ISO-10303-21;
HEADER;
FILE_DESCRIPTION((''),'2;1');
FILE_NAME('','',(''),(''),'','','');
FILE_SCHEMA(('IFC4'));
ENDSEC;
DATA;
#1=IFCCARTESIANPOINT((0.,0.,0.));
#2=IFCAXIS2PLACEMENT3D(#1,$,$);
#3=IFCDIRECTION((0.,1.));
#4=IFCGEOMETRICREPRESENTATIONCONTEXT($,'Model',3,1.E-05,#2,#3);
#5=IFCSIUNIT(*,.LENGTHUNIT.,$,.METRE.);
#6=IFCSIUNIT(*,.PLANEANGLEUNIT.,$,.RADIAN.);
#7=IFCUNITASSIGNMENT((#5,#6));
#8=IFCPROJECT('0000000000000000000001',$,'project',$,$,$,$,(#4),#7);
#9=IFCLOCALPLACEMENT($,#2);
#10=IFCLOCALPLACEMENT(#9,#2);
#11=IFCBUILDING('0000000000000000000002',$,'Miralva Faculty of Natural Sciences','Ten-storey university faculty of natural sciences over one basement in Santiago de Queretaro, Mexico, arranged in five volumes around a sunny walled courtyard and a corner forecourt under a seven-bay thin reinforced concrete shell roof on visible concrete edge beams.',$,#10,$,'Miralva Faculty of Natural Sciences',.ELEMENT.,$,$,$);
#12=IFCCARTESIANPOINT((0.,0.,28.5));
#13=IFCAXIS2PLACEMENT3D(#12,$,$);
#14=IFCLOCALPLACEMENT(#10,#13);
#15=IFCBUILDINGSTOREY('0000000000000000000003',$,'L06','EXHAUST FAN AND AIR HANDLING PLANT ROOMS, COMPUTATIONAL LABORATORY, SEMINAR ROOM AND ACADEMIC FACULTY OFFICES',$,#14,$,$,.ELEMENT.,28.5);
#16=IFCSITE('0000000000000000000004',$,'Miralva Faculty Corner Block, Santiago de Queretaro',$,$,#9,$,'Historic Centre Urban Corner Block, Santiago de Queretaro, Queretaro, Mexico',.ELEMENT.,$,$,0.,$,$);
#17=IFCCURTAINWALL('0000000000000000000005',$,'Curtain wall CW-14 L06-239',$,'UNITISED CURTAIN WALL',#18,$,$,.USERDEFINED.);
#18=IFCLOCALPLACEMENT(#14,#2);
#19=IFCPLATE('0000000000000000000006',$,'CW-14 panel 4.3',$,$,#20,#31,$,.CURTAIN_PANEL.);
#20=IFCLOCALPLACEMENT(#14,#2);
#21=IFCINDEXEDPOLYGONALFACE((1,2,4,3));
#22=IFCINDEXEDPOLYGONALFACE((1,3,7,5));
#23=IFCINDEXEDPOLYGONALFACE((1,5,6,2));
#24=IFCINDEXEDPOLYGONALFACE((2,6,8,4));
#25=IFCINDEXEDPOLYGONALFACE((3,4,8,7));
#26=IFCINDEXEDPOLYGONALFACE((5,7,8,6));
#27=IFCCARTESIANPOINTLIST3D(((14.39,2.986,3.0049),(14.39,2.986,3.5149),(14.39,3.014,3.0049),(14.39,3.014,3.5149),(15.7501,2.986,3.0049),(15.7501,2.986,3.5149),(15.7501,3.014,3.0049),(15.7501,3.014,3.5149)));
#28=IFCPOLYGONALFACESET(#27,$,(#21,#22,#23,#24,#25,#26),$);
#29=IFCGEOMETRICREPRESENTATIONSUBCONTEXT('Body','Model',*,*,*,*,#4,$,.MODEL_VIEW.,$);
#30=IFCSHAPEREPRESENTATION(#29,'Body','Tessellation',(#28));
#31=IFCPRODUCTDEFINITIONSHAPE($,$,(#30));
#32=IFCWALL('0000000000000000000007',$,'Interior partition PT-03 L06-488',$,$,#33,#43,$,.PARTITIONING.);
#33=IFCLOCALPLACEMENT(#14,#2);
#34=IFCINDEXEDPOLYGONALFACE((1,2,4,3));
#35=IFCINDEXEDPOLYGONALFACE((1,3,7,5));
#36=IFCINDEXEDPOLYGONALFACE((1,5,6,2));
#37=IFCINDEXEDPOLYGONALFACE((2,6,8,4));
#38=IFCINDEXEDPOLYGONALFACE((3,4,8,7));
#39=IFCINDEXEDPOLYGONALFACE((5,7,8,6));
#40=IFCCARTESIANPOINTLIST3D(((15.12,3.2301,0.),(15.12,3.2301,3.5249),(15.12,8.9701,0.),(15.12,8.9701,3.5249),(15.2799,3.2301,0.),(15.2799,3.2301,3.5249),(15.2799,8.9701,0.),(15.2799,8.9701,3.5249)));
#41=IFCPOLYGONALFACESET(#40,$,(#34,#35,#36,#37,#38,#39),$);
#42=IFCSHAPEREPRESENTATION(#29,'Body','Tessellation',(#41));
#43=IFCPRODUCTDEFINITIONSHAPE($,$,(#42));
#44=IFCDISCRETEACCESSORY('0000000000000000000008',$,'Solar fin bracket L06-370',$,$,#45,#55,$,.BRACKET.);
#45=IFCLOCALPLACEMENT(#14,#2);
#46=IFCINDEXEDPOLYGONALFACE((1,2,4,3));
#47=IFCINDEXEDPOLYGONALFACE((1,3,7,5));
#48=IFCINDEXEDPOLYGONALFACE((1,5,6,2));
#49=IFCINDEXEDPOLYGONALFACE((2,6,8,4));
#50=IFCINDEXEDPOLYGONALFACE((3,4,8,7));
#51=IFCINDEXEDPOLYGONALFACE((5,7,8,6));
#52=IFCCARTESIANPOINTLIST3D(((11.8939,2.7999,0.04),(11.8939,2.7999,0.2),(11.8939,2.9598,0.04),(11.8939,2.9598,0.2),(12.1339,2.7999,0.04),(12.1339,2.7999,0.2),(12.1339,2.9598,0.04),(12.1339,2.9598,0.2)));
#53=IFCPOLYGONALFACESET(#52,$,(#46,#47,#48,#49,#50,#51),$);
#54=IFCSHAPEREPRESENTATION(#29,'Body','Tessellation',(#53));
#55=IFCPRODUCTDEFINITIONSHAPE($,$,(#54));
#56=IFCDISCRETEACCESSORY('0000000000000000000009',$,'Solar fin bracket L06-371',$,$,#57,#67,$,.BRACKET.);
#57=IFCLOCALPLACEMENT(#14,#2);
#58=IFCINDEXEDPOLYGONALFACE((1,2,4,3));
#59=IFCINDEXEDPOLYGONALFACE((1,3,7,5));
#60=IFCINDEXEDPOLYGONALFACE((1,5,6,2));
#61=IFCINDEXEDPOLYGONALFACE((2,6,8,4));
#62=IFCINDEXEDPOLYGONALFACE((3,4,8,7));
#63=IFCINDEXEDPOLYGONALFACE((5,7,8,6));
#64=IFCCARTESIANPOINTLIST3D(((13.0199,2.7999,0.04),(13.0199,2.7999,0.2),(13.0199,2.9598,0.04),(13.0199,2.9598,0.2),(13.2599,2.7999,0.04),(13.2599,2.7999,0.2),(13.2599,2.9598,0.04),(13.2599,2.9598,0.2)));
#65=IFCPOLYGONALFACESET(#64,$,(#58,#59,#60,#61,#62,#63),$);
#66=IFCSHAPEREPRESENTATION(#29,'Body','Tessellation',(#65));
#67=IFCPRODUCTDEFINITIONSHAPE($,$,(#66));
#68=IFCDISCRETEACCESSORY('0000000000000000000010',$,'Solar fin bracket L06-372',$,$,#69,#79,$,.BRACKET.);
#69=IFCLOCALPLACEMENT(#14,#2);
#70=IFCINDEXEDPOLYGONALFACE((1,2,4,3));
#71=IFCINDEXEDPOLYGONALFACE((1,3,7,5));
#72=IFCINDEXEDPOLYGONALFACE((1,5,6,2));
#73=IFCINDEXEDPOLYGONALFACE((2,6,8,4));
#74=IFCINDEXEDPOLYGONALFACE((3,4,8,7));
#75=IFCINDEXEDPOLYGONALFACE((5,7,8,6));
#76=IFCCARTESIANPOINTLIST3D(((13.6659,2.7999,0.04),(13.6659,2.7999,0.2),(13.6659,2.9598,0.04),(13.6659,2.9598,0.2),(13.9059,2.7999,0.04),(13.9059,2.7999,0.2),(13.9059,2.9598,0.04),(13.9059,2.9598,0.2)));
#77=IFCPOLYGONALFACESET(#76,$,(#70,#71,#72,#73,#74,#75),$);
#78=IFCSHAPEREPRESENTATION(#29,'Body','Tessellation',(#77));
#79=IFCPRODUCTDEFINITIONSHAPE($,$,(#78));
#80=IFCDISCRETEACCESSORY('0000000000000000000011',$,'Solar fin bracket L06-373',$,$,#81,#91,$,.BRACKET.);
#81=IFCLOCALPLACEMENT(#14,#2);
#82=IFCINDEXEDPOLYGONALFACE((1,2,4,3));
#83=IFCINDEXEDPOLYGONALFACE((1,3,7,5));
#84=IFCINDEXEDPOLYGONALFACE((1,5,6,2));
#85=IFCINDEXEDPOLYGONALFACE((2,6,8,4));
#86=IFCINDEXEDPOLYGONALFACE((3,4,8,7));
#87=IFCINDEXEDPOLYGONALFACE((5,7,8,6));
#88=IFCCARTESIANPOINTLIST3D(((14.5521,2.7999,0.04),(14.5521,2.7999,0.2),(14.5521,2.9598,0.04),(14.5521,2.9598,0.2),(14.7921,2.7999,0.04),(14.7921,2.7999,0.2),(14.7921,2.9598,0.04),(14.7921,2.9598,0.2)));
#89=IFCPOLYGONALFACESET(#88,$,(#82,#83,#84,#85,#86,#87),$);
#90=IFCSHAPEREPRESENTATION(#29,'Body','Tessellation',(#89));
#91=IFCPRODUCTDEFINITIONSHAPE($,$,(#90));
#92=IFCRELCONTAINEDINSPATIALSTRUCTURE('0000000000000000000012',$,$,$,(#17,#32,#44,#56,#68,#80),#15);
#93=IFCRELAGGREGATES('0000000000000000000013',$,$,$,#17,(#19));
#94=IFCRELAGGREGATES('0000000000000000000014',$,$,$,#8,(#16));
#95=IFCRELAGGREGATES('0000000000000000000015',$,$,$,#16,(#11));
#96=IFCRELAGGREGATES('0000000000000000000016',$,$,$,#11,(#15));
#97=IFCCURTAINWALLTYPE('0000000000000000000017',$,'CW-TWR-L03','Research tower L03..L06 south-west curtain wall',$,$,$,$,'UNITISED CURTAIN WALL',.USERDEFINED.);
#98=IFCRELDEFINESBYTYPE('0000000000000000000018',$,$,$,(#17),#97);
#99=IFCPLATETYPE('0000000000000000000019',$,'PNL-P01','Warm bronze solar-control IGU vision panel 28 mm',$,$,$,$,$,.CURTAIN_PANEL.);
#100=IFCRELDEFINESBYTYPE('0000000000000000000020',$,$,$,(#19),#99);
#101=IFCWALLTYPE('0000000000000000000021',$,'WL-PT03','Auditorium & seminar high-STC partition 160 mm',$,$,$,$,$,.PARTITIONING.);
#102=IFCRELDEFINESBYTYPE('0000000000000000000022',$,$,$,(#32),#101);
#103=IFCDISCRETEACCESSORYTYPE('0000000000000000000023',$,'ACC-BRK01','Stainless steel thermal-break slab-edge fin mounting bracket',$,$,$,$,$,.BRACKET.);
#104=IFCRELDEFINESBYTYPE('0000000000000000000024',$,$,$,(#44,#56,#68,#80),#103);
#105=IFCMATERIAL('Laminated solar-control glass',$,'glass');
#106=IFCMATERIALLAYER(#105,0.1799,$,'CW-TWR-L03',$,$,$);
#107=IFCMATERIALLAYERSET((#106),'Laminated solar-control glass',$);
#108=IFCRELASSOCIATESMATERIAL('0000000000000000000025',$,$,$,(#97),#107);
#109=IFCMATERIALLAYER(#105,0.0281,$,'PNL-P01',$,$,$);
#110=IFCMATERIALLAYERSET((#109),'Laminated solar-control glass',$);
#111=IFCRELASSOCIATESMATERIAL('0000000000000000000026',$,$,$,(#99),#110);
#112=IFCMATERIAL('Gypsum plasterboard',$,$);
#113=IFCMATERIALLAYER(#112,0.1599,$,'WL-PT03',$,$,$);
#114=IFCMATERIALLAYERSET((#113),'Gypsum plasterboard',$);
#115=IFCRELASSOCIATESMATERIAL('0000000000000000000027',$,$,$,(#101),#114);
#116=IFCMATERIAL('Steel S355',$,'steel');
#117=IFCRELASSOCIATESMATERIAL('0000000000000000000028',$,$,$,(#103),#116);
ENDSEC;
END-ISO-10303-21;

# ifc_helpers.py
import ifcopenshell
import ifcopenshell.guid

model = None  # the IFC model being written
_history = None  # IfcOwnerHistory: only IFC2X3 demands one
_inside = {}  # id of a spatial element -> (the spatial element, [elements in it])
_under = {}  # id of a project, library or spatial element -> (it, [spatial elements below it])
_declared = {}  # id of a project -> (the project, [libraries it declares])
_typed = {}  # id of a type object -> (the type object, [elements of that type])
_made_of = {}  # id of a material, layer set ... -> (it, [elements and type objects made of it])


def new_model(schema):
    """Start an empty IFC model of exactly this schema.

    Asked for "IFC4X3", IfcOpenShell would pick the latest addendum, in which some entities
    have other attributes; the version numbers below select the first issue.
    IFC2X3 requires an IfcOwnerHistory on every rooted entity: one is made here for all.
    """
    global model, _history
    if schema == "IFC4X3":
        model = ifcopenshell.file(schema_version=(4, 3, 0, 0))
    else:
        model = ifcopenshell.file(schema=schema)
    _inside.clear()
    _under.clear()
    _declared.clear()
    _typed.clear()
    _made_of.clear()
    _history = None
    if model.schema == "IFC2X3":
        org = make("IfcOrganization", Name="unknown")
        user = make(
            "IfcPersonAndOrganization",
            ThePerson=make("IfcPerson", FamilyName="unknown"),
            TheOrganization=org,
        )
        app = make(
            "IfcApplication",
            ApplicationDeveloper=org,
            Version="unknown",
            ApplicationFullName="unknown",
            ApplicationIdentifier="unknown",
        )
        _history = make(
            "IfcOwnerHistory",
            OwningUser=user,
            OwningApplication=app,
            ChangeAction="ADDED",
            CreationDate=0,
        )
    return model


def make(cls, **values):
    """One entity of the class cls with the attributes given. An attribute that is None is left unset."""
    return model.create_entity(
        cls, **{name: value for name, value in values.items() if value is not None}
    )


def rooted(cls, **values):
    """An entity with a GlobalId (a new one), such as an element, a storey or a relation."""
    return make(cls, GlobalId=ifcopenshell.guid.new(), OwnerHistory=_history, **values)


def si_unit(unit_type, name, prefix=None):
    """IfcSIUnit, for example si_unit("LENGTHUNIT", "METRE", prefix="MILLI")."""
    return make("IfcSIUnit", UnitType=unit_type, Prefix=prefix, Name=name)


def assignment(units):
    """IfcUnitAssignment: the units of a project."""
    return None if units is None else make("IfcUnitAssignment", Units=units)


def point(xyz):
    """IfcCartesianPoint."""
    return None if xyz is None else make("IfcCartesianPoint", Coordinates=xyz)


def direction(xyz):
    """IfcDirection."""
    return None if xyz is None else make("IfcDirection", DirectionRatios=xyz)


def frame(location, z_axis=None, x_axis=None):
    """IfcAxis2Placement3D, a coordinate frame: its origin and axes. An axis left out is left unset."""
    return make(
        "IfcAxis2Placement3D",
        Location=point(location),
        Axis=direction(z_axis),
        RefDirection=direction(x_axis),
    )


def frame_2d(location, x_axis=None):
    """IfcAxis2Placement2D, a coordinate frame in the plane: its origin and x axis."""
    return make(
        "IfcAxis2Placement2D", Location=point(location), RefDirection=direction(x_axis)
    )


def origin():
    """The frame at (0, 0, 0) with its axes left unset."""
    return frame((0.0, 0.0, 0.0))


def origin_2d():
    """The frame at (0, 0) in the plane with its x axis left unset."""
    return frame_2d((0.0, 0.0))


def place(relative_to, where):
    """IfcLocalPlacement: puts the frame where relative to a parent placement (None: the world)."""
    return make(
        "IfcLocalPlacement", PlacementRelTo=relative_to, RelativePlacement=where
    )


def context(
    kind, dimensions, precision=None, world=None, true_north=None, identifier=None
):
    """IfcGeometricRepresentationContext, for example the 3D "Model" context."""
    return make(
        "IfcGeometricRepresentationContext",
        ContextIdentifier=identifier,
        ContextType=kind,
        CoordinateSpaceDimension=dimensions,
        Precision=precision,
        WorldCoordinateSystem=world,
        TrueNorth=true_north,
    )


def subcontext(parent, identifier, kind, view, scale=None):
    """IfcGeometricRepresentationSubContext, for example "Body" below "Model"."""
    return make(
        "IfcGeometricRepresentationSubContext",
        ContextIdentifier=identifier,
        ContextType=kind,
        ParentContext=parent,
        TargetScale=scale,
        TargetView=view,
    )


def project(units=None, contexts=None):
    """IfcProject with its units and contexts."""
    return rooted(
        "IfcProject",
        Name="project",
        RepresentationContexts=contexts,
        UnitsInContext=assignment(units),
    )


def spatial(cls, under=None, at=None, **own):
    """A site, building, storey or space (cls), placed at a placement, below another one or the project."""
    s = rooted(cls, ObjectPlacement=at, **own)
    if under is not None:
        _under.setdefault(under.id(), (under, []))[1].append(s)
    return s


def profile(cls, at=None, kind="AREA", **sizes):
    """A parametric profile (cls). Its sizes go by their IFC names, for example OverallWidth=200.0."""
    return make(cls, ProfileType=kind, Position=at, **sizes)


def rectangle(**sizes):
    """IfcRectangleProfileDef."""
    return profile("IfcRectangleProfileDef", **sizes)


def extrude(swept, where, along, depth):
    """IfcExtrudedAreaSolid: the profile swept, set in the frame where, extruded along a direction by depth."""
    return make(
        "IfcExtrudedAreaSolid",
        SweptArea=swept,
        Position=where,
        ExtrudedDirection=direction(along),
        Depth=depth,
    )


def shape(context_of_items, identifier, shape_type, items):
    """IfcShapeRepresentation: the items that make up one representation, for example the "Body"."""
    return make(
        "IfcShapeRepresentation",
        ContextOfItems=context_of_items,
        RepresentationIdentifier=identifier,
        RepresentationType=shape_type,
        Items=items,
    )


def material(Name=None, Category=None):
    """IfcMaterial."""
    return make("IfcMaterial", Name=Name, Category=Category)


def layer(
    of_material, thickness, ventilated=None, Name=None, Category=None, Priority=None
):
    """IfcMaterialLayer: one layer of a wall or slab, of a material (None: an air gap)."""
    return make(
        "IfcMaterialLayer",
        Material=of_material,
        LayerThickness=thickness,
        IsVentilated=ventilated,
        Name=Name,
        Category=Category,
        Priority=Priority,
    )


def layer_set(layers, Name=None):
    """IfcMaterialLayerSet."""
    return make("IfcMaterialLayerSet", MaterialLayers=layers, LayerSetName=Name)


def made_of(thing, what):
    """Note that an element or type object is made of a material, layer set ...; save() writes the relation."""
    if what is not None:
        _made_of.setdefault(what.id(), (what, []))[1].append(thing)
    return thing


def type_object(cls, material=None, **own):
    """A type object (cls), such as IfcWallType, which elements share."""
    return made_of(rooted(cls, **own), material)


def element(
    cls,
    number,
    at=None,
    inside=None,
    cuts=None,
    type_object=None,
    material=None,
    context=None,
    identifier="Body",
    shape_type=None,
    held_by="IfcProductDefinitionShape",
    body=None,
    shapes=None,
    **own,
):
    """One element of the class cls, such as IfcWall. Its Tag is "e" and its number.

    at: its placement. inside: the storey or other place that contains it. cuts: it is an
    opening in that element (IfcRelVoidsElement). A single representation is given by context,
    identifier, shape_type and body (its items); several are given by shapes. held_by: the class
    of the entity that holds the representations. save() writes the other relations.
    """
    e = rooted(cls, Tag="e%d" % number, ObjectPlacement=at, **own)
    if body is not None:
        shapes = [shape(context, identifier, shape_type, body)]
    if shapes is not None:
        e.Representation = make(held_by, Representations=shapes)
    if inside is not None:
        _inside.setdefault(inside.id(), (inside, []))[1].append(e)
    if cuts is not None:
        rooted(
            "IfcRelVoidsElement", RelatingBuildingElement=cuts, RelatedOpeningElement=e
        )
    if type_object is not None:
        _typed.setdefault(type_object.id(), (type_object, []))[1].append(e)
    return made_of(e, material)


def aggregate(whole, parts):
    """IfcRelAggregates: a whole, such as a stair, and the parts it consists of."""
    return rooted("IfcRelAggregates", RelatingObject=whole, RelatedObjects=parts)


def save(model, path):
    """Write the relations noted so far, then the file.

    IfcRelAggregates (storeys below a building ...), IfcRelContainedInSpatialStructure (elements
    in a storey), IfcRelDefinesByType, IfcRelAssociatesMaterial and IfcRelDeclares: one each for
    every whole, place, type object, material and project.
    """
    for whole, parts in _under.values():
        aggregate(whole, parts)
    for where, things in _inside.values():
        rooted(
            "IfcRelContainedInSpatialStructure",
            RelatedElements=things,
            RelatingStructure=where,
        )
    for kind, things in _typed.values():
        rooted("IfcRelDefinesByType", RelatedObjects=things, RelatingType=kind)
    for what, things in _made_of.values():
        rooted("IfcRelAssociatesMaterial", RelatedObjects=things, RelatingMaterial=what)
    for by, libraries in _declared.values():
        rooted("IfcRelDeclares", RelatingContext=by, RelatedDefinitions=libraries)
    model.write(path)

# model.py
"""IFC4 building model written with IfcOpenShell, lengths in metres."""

from ifc_helpers import new_model, si_unit, direction, frame, frame_2d, origin, origin_2d, place, context, subcontext, project, spatial, rectangle, extrude, material, layer, layer_set, type_object, element, aggregate, save


model = new_model("IFC4")

# Units and contexts
model_context = context("Model", 3, precision=1e-05, world=origin(), true_north=direction((0.0, 1.0)))
body_context = subcontext(model_context, "Body", "Model", "MODEL_VIEW")
ifc_project = project(units=[si_unit("LENGTHUNIT", "METRE"), si_unit("PLANEANGLEUNIT", "RADIAN")], contexts=[model_context])

# Site, building, storey
site_placement = place(None, origin())
site = spatial("IfcSite", under=ifc_project, at=site_placement, Name="Miralva Faculty Corner Block, Santiago de Queretaro", LongName="Historic Centre Urban Corner Block, Santiago de Queretaro, Queretaro, Mexico", CompositionType="ELEMENT", RefElevation=0.0)
building_placement = place(site_placement, origin())
building = spatial("IfcBuilding", under=site, at=building_placement, Name="Miralva Faculty of Natural Sciences", Description="Ten-storey university faculty of natural sciences over one basement in Santiago de Queretaro, Mexico, arranged in five volumes around a sunny walled courtyard and a corner forecourt under a seven-bay thin reinforced concrete shell roof on visible concrete edge beams.", LongName="Miralva Faculty of Natural Sciences", CompositionType="ELEMENT")
storey_placement = place(building_placement, frame((0.0, 0.0, 28.5)))
storey = spatial("IfcBuildingStorey", under=building, at=storey_placement, Name="L06", Description="EXHAUST FAN AND AIR HANDLING PLANT ROOMS, COMPUTATIONAL LABORATORY, SEMINAR ROOM AND ACADEMIC FACULTY OFFICES", CompositionType="ELEMENT", Elevation=28.5)

# Curtain wall
ifc_material_1 = material(Name="Laminated solar-control glass", Category="glass")
ifc_layer_1 = layer(ifc_material_1, 0.1799, Name="CW-TWR-L03")
ifc_layer_set_1 = layer_set([ifc_layer_1], Name="Laminated solar-control glass")
curtain_wall_type = type_object("IfcCurtainWallType", Name="CW-TWR-L03", Description="Research tower L03..L06 south-west curtain wall", ElementType="UNITISED CURTAIN WALL", PredefinedType="USERDEFINED", material=ifc_layer_set_1)
curtain_wall_placement = place(storey_placement, origin())
curtain_wall = element("IfcCurtainWall", 1, at=curtain_wall_placement, inside=storey, type_object=curtain_wall_type, Name="Curtain wall CW-14 L06-239", ObjectType="UNITISED CURTAIN WALL", PredefinedType="USERDEFINED")

# Plate
ifc_layer_2 = layer(ifc_material_1, 0.0281, Name="PNL-P01")
ifc_layer_set_2 = layer_set([ifc_layer_2], Name="Laminated solar-control glass")
plate_type = type_object("IfcPlateType", Name="PNL-P01", Description="Warm bronze solar-control IGU vision panel 28 mm", PredefinedType="CURTAIN_PANEL", material=ifc_layer_set_2)
plate_1_placement = place(storey_placement, frame((15.0701, 3.0, 3.0049), z_axis=(0.0, 0.0, 1.0), x_axis=(1.0, 0.0, 0.0)))
plate_1 = element("IfcPlate", 2, at=plate_1_placement, type_object=plate_type, Name="CW-14 panel 4.3", PredefinedType="CURTAIN_PANEL", context=body_context, shape_type="SweptSolid", body=[
    extrude(rectangle(XDim=1.3601, YDim=0.0281, at=origin_2d()), origin(), (0.0, 0.0, 1.0), 0.51),
])
aggregate(curtain_wall, [plate_1])

# Wall
ifc_material_2 = material(Name="Gypsum plasterboard")
ifc_layer_3 = layer(ifc_material_2, 0.1599, Name="WL-PT03")
ifc_layer_set_3 = layer_set([ifc_layer_3], Name="Gypsum plasterboard")
wall_type = type_object("IfcWallType", Name="WL-PT03", Description="Auditorium & seminar high-STC partition 160 mm", PredefinedType="PARTITIONING", material=ifc_layer_set_3)
wall_placement = place(storey_placement, frame((15.2, 3.23, 0.0), z_axis=(0.0, 0.0, 1.0), x_axis=(0.0, 1.0, 0.0)))
element("IfcWall", 3, at=wall_placement, inside=storey, type_object=wall_type, Name="Interior partition PT-03 L06-488", PredefinedType="PARTITIONING", context=body_context, shape_type="SweptSolid", body=[
    extrude(rectangle(XDim=5.74, YDim=0.1599, at=frame_2d((2.8701, 0.0))), origin(), (0.0, 0.0, 1.0), 3.5249),
])

# Discrete accessories
ifc_material_3 = material(Name="Steel S355", Category="steel")
discrete_accessory_type = type_object("IfcDiscreteAccessoryType", Name="ACC-BRK01", Description="Stainless steel thermal-break slab-edge fin mounting bracket", PredefinedType="BRACKET", material=ifc_material_3)
for number, where, z_axis, x_axis, name in (
    (4, (12.0139, 2.8799, 0.04), (0.0, 0.0, 1.0), (0.0, -1.0, 0.0), "Solar fin bracket L06-370"),
    (5, (13.1399, 2.8799, 0.04), (0.0, 0.0, 1.0), (0.0, -1.0, 0.0), "Solar fin bracket L06-371"),
    (6, (13.7859, 2.8799, 0.04), (0.0, 0.0, 1.0), (0.0, -1.0, 0.0), "Solar fin bracket L06-372"),
    (7, (14.6721, 2.8799, 0.04), (0.0, 0.0, 1.0), (0.0, -1.0, 0.0), "Solar fin bracket L06-373"),
):
    element("IfcDiscreteAccessory", number, at=place(storey_placement, frame(where, z_axis=z_axis, x_axis=x_axis)), inside=storey, type_object=discrete_accessory_type, Name=name, PredefinedType="BRACKET", context=body_context, shape_type="SweptSolid", body=[
        extrude(rectangle(XDim=0.1599, YDim=0.24, at=origin_2d()), origin(), (0.0, 0.0, 1.0), 0.1599),
    ])

save(model, "model.ifc")
